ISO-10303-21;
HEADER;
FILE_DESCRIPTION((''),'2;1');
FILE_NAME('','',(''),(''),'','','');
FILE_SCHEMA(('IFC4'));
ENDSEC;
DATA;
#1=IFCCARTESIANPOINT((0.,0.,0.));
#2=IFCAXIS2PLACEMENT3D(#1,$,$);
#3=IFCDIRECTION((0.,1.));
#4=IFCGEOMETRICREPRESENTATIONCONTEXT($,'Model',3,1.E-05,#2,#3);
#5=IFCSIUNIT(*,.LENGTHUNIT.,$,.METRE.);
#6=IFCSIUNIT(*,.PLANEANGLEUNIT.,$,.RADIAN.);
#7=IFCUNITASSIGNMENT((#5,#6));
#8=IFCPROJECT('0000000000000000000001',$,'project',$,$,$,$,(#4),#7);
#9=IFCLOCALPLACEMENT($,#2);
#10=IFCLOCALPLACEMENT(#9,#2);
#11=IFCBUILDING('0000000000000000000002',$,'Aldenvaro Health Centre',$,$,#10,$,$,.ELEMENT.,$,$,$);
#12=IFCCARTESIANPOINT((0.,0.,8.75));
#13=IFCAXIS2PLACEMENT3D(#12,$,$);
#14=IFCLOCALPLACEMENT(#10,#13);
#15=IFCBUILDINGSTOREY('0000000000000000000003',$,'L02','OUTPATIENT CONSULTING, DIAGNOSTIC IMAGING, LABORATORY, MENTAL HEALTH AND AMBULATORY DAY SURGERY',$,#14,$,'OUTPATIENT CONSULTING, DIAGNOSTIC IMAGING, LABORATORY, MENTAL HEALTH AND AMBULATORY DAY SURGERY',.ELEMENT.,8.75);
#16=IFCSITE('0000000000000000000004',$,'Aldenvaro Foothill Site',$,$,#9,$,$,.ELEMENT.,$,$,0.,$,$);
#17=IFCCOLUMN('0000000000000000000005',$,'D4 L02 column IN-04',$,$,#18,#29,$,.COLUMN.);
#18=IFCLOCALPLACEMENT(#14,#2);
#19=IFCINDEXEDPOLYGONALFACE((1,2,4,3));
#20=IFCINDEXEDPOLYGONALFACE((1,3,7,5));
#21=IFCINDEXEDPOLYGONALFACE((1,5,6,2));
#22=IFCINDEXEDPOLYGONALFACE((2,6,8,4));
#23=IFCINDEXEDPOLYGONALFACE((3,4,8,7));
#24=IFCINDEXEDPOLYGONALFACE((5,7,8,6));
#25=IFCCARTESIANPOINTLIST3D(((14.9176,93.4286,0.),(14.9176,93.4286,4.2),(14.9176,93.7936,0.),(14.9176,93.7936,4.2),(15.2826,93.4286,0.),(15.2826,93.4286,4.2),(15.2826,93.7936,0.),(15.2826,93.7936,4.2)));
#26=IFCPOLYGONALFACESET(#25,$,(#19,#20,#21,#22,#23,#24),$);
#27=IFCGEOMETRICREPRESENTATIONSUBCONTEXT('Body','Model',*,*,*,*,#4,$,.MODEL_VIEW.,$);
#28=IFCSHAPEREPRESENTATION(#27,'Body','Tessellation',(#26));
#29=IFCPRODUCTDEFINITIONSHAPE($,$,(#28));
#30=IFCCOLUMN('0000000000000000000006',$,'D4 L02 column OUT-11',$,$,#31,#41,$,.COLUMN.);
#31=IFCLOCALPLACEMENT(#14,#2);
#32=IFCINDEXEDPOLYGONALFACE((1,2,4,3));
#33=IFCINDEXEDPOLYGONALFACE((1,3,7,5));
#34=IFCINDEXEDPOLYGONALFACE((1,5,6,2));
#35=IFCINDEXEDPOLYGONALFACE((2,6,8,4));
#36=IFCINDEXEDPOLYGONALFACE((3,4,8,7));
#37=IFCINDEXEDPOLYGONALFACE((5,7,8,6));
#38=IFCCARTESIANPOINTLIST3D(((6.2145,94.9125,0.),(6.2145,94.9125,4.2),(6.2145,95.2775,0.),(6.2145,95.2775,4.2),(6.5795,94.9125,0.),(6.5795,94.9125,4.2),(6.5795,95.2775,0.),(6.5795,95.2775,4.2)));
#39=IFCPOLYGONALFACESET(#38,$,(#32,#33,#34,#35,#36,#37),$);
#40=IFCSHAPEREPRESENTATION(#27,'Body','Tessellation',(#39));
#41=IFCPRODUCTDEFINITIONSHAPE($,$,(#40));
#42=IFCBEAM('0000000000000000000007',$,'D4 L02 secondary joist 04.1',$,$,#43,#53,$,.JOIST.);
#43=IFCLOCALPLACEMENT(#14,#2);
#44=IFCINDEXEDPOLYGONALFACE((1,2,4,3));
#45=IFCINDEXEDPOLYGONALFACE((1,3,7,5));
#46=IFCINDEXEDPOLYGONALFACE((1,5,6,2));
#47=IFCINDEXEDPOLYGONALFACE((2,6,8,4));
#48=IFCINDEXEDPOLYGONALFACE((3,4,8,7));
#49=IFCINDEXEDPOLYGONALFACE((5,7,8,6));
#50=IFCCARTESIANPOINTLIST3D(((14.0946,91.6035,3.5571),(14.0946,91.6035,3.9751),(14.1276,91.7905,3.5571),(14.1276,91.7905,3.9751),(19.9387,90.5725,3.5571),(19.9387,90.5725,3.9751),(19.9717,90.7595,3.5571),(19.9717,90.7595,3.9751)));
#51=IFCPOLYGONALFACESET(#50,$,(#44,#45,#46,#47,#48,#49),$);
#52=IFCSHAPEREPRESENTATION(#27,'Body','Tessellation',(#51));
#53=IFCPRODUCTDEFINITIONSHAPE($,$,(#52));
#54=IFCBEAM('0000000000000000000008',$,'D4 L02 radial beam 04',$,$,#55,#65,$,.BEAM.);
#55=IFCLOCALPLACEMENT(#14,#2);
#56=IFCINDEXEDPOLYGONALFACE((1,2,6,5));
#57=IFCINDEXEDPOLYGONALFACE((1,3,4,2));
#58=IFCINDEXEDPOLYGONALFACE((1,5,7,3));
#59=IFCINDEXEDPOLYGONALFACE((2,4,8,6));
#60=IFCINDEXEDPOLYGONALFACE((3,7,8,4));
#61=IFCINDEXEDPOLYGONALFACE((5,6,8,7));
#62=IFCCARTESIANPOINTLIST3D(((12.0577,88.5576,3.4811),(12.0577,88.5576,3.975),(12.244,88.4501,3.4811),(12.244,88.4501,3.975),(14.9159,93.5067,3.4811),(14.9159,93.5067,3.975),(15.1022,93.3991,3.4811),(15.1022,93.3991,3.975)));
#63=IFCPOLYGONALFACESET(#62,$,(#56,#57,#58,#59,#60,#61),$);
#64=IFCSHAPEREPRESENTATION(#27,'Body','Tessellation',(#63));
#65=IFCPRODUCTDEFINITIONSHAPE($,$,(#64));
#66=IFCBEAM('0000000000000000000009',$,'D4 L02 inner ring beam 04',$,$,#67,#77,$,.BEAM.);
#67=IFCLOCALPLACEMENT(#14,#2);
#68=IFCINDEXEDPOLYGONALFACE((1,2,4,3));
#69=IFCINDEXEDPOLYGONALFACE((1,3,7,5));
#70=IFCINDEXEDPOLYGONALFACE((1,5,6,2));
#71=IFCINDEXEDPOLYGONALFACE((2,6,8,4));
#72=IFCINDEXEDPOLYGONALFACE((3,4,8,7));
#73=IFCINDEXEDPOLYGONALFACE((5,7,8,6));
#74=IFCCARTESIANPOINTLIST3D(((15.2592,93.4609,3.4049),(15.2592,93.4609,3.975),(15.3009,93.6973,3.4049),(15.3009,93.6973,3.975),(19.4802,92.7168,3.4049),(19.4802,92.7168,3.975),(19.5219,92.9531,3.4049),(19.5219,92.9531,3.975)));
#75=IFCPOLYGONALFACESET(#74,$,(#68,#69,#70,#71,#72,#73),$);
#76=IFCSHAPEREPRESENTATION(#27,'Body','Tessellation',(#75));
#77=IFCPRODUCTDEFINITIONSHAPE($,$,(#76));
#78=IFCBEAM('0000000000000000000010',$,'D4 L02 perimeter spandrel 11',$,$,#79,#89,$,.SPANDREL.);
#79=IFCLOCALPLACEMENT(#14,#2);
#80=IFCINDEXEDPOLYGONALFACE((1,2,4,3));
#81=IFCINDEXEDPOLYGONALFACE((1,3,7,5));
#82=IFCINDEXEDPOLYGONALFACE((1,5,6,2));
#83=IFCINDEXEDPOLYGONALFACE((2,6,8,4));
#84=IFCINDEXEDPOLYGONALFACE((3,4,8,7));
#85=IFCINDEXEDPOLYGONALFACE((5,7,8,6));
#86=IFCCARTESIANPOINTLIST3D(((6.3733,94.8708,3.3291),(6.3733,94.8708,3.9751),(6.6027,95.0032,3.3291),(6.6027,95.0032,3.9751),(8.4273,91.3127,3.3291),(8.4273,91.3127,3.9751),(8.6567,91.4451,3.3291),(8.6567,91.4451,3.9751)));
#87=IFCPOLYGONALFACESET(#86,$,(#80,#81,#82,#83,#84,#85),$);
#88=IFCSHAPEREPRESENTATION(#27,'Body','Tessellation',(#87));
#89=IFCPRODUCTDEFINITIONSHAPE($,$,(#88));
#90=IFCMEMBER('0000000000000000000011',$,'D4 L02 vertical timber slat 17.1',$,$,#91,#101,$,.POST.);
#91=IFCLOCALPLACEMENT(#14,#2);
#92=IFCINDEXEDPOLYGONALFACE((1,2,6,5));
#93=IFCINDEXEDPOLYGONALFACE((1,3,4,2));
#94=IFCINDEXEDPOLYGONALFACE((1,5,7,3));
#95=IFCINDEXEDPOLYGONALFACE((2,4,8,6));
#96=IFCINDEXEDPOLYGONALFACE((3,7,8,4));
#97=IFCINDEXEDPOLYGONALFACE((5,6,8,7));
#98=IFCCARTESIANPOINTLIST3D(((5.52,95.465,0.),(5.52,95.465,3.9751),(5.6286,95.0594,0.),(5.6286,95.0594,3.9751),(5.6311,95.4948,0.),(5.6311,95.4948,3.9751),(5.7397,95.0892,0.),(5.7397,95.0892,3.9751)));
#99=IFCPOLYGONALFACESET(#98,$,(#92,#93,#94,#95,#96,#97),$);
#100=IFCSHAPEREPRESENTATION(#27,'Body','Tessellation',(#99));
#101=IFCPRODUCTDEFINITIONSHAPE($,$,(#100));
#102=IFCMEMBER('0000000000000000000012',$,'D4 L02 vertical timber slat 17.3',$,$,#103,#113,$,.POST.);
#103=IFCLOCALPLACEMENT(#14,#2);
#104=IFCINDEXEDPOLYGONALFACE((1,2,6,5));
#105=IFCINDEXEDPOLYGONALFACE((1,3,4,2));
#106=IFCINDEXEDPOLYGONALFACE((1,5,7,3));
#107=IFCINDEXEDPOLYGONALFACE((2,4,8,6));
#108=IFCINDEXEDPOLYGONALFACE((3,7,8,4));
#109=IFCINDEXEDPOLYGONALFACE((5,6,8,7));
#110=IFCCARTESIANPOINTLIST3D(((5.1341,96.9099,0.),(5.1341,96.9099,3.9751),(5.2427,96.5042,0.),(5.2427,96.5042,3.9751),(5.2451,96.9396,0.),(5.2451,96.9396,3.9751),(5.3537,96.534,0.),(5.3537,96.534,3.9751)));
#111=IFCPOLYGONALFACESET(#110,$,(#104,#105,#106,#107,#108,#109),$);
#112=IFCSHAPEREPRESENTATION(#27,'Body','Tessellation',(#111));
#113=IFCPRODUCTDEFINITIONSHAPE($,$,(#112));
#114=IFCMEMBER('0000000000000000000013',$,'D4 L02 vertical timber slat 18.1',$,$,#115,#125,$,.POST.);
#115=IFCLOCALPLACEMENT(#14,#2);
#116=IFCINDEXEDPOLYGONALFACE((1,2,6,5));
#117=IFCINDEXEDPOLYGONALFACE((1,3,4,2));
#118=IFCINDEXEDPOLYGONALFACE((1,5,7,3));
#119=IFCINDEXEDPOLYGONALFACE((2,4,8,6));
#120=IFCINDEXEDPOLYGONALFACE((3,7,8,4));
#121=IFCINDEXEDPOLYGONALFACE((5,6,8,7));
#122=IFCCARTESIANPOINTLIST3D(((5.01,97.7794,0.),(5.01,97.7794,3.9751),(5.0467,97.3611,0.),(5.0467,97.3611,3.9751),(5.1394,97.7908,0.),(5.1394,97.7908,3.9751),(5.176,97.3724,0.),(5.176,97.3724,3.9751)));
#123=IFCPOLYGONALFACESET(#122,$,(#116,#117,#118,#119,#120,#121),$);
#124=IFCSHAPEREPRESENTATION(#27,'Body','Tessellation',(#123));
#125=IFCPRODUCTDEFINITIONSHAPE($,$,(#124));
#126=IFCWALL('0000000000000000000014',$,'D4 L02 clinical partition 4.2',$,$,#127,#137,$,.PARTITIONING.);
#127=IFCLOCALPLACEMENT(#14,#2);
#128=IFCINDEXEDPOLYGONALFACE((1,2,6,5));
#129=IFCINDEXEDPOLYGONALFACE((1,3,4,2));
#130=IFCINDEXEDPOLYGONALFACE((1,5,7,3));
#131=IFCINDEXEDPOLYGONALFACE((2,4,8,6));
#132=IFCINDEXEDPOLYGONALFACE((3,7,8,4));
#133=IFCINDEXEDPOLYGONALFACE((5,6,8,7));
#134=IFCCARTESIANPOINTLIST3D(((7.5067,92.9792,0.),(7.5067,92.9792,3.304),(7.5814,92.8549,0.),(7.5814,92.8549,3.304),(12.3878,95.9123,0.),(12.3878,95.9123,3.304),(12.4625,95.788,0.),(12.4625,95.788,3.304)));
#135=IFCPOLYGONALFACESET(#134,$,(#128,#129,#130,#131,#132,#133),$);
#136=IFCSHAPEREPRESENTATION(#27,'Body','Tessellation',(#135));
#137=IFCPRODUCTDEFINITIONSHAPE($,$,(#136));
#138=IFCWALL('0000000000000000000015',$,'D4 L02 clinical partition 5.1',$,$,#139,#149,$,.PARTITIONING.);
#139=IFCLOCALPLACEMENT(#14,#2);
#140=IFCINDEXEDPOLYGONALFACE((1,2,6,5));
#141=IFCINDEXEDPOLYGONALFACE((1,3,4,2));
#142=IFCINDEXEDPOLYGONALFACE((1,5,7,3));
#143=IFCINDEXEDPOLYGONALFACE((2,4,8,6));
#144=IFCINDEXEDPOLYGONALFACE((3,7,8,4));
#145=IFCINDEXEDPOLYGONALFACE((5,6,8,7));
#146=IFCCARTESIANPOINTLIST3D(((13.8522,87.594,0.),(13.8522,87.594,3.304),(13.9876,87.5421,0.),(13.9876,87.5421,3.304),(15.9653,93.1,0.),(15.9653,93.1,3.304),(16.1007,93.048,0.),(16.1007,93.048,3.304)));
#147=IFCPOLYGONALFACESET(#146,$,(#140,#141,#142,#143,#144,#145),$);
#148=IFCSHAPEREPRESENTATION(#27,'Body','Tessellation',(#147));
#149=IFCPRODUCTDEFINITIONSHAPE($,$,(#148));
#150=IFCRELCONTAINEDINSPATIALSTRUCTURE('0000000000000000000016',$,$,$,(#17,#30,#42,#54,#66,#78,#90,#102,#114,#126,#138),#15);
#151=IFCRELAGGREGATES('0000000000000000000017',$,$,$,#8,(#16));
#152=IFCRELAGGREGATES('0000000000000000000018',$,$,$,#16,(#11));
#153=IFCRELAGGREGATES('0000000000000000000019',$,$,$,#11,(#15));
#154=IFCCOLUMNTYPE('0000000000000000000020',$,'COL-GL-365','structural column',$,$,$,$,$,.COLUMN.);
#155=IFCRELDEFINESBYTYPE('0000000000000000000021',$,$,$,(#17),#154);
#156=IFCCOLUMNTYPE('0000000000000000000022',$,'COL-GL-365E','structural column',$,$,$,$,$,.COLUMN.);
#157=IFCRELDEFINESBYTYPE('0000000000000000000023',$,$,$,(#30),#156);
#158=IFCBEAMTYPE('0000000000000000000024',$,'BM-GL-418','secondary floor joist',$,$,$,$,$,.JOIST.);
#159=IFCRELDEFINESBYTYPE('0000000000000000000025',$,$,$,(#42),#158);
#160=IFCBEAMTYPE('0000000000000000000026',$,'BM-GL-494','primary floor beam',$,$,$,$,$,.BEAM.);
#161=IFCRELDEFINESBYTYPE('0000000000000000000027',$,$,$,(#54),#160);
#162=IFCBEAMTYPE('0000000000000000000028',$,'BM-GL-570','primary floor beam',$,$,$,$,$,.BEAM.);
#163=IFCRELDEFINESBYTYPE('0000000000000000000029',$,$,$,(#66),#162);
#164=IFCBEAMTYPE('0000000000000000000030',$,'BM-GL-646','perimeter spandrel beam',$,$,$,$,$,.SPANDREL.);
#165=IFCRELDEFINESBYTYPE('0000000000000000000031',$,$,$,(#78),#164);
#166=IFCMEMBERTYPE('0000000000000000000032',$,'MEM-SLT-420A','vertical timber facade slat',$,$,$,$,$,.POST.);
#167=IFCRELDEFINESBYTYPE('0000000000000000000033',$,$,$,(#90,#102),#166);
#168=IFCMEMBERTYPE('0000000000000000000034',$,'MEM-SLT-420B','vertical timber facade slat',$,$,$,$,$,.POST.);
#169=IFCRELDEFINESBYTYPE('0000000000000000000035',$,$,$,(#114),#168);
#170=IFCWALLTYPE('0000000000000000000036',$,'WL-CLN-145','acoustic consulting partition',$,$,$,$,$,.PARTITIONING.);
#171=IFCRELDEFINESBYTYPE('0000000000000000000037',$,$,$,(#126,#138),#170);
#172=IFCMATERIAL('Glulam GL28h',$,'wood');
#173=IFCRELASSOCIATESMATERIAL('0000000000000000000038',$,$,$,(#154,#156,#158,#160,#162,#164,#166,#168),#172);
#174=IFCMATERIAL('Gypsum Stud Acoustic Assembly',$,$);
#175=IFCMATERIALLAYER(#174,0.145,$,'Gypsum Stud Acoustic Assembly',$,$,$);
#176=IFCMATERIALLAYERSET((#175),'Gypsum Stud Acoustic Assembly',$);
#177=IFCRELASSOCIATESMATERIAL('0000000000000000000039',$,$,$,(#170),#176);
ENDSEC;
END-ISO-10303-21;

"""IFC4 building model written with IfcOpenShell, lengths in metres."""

from ifc_helpers import new_model, si_unit, direction, frame, frame_2d, origin, origin_2d, place, context, subcontext, project, spatial, rectangle, extrude, material, layer, layer_set, material_profile, profile_set, type_object, element, save


model = new_model("IFC4")

# Units and contexts
model_context = context("Model", 3, precision=1e-05, world=origin(), true_north=direction((0.0, 1.0)))
body_context = subcontext(model_context, "Body", "Model", "MODEL_VIEW")
ifc_project = project(units=[si_unit("LENGTHUNIT", "METRE"), si_unit("PLANEANGLEUNIT", "RADIAN")], contexts=[model_context])

# Site, building, storey
site_placement = place(None, origin())
site = spatial("IfcSite", under=ifc_project, at=site_placement, Name="Aldenvaro Foothill Site", CompositionType="ELEMENT", RefElevation=0.0)
building_placement = place(site_placement, origin())
building = spatial("IfcBuilding", under=site, at=building_placement, Name="Aldenvaro Health Centre", CompositionType="ELEMENT")
storey_placement = place(building_placement, frame((0.0, 0.0, 8.75)))
storey = spatial("IfcBuildingStorey", under=building, at=storey_placement, Name="L02", Description="OUTPATIENT CONSULTING, DIAGNOSTIC IMAGING, LABORATORY, MENTAL HEALTH AND AMBULATORY DAY SURGERY", LongName="OUTPATIENT CONSULTING, DIAGNOSTIC IMAGING, LABORATORY, MENTAL HEALTH AND AMBULATORY DAY SURGERY", CompositionType="ELEMENT", Elevation=8.75)

# Columns
ifc_material_1 = material(Name="Glulam GL28h", Category="wood")
ifc_material_profile_1 = material_profile(ifc_material_1, rectangle(XDim=0.365, YDim=0.365, at=origin_2d()), Name="GL 365x365", Category="wood")
ifc_profile_set_1 = profile_set([ifc_material_profile_1], Name="Glulam GL28h")
column_type_1 = type_object("IfcColumnType", Name="COL-GL-365", Description="structural column", PredefinedType="COLUMN", material=ifc_profile_set_1)
column_1_placement = place(storey_placement, frame((15.1001, 93.6111, 0.0), z_axis=(0.0, 0.0, 1.0), x_axis=(1.0, 0.0, 0.0)))
element("IfcColumn", 1, at=column_1_placement, inside=storey, type_object=column_type_1, Name="D4 L02 column IN-04", PredefinedType="COLUMN", context=body_context, shape_type="SweptSolid", body=[
    extrude(rectangle(XDim=0.365, YDim=0.365, at=origin_2d()), origin(), (0.0, 0.0, 1.0), 4.2),
])
ifc_material_profile_2 = material_profile(ifc_material_1, rectangle(XDim=0.365, YDim=0.365, at=origin_2d()), Name="GL 365x365", Category="wood")
ifc_profile_set_2 = profile_set([ifc_material_profile_2], Name="Glulam GL28h")
column_type_2 = type_object("IfcColumnType", Name="COL-GL-365E", Description="structural column", PredefinedType="COLUMN", material=ifc_profile_set_2)
column_2_placement = place(storey_placement, frame((6.397, 95.095, 0.0), z_axis=(0.0, 0.0, 1.0), x_axis=(1.0, 0.0, 0.0)))
element("IfcColumn", 2, at=column_2_placement, inside=storey, type_object=column_type_2, Name="D4 L02 column OUT-11", PredefinedType="COLUMN", context=body_context, shape_type="SweptSolid", body=[
    extrude(rectangle(XDim=0.365, YDim=0.365, at=origin_2d()), origin(), (0.0, 0.0, 1.0), 4.2),
])

# Beams
ifc_material_profile_3 = material_profile(ifc_material_1, rectangle(XDim=0.1899, YDim=0.418, at=origin_2d()), Name="GL 190x418", Category="wood")
ifc_profile_set_3 = profile_set([ifc_material_profile_3], Name="Glulam GL28h")
beam_type_1 = type_object("IfcBeamType", Name="BM-GL-418", Description="secondary floor joist", PredefinedType="JOIST", material=ifc_profile_set_3)
beam_1_placement = place(storey_placement, frame((14.1111, 91.697, 3.7661), z_axis=(0.984792, -0.173738, 0.0), x_axis=(0.173738, 0.984792, 0.0)))
element("IfcBeam", 3, at=beam_1_placement, inside=storey, type_object=beam_type_1, Name="D4 L02 secondary joist 04.1", PredefinedType="JOIST", context=body_context, shape_type="SweptSolid", body=[
    extrude(rectangle(XDim=0.1899, YDim=0.418, at=origin_2d()), origin(), (0.0, 0.0, 1.0), 5.9343),
])
ifc_material_profile_4 = material_profile(ifc_material_1, rectangle(XDim=0.2151, YDim=0.4939, at=origin_2d()), Name="GL 215x494", Category="wood")
ifc_profile_set_4 = profile_set([ifc_material_profile_4], Name="Glulam GL28h")
beam_type_2 = type_object("IfcBeamType", Name="BM-GL-494", Description="primary floor beam", PredefinedType="BEAM", material=ifc_profile_set_4)
beam_2_placement = place(storey_placement, frame((15.009, 93.4529, 3.728), z_axis=(-0.500113, -0.86596, 0.0), x_axis=(0.86596, -0.500113, 0.0)))
element("IfcBeam", 4, at=beam_2_placement, inside=storey, type_object=beam_type_2, Name="D4 L02 radial beam 04", PredefinedType="BEAM", context=body_context, shape_type="SweptSolid", body=[
    extrude(rectangle(XDim=0.2151, YDim=0.4939, at=origin_2d()), origin(), (0.0, 0.0, 1.0), 5.7151),
])
ifc_material_profile_5 = material_profile(ifc_material_1, rectangle(XDim=0.24, YDim=0.5701, at=origin_2d()), Name="GL 240x570", Category="wood")
ifc_profile_set_5 = profile_set([ifc_material_profile_5], Name="Glulam GL28h")
beam_type_3 = type_object("IfcBeamType", Name="BM-GL-570", Description="primary floor beam", PredefinedType="BEAM", material=ifc_profile_set_5)
beam_3_placement = place(storey_placement, frame((15.28, 93.5791, 3.6899), z_axis=(0.984813, -0.17362, 0.0), x_axis=(0.17362, 0.984813, 0.0)))
element("IfcBeam", 5, at=beam_3_placement, inside=storey, type_object=beam_type_3, Name="D4 L02 inner ring beam 04", PredefinedType="BEAM", context=body_context, shape_type="SweptSolid", body=[
    extrude(rectangle(XDim=0.24, YDim=0.5701, at=origin_2d()), origin(), (0.0, 0.0, 1.0), 4.2861),
])
ifc_material_profile_6 = material_profile(ifc_material_1, rectangle(XDim=0.2649, YDim=0.646, at=origin_2d()), Name="GL 265x646", Category="wood")
ifc_profile_set_6 = profile_set([ifc_material_profile_6], Name="Glulam GL28h")
beam_type_4 = type_object("IfcBeamType", Name="BM-GL-646", Description="perimeter spandrel beam", PredefinedType="SPANDREL", material=ifc_profile_set_6)
beam_4_placement = place(storey_placement, frame((6.488, 94.937, 3.6521), z_axis=(0.499942, -0.866059, 0.0), x_axis=(0.866059, 0.499942, 0.0)))
element("IfcBeam", 6, at=beam_4_placement, inside=storey, type_object=beam_type_4, Name="D4 L02 perimeter spandrel 11", PredefinedType="SPANDREL", context=body_context, shape_type="SweptSolid", body=[
    extrude(rectangle(XDim=0.2649, YDim=0.646, at=origin_2d()), origin(), (0.0, 0.0, 1.0), 4.1084),
])

# Members
ifc_material_profile_7 = material_profile(ifc_material_1, rectangle(XDim=0.115, YDim=0.4199, at=origin_2d()), Name="GL 115x420", Category="wood")
ifc_profile_set_7 = profile_set([ifc_material_profile_7], Name="Glulam GL28h")
member_type_1 = type_object("IfcMemberType", Name="MEM-SLT-420A", Description="vertical timber facade slat", PredefinedType="POST", material=ifc_profile_set_7)
for number, where, z_axis, x_axis, name in (
    (7, (5.6299, 95.2771, 0.0), (0.0, 0.0, 1.0), (-0.965979, -0.258622, 0.0), "D4 L02 vertical timber slat 17.1"),
    (8, (5.2439, 96.7219, 0.0), (0.0, 0.0, 1.0), (-0.965979, -0.258622, 0.0), "D4 L02 vertical timber slat 17.3"),
):
    element("IfcMember", number, at=place(storey_placement, frame(where, z_axis=z_axis, x_axis=x_axis)), inside=storey, type_object=member_type_1, Name=name, PredefinedType="POST", context=body_context, shape_type="SweptSolid", body=[
        extrude(rectangle(XDim=0.115, YDim=0.4199, at=origin_2d()), origin(), (0.0, 0.0, 1.0), 3.9751),
    ])
ifc_material_profile_8 = material_profile(ifc_material_1, rectangle(XDim=0.1299, YDim=0.4199, at=origin_2d()), Name="GL 130x420", Category="wood")
ifc_profile_set_8 = profile_set([ifc_material_profile_8], Name="Glulam GL28h")
member_type_2 = type_object("IfcMemberType", Name="MEM-SLT-420B", Description="vertical timber facade slat", PredefinedType="POST", material=ifc_profile_set_8)
member_placement = place(storey_placement, frame((5.093, 97.5759, 0.0), z_axis=(0.0, 0.0, 1.0), x_axis=(-0.996179, -0.087332, 0.0)))
element("IfcMember", 9, at=member_placement, inside=storey, type_object=member_type_2, Name="D4 L02 vertical timber slat 18.1", PredefinedType="POST", context=body_context, shape_type="SweptSolid", body=[
    extrude(rectangle(XDim=0.1299, YDim=0.4199, at=origin_2d()), origin(), (0.0, 0.0, 1.0), 3.9751),
])

# Walls
ifc_material_2 = material(Name="Gypsum Stud Acoustic Assembly")
ifc_layer_1 = layer(ifc_material_2, 0.145, Name="Gypsum Stud Acoustic Assembly")
ifc_layer_set_1 = layer_set([ifc_layer_1], Name="Gypsum Stud Acoustic Assembly")
wall_type_1 = type_object("IfcWallType", Name="WL-CLN-145", Description="acoustic consulting partition", PredefinedType="PARTITIONING", material=ifc_layer_set_1)
wall_1_placement = place(storey_placement, frame((12.425, 95.8501, 0.0), z_axis=(0.0, 0.0, 1.0), x_axis=(-0.857148, -0.515069, 0.0)))
element("IfcWall", 10, at=wall_1_placement, inside=storey, type_object=wall_type_1, Name="D4 L02 clinical partition 4.2", PredefinedType="PARTITIONING", context=body_context, shape_type="SweptSolid", body=[
    extrude(rectangle(XDim=5.6946, YDim=0.145, at=frame_2d((2.8472, 0.0))), origin(), (0.0, 0.0, 1.0), 3.304),
])
wall_2_placement = place(storey_placement, frame((16.033, 93.074, 0.0), z_axis=(0.0, 0.0, 1.0), x_axis=(-0.358299, -0.933607, 0.0)))
element("IfcWall", 11, at=wall_2_placement, inside=storey, type_object=wall_type_1, Name="D4 L02 clinical partition 5.1", PredefinedType="PARTITIONING", context=body_context, shape_type="SweptSolid", body=[
    extrude(rectangle(XDim=5.8975, YDim=0.145, at=frame_2d((2.9487, 0.0))), origin(), (0.0, 0.0, 1.0), 3.304),
])

save(model, "model.ifc")
